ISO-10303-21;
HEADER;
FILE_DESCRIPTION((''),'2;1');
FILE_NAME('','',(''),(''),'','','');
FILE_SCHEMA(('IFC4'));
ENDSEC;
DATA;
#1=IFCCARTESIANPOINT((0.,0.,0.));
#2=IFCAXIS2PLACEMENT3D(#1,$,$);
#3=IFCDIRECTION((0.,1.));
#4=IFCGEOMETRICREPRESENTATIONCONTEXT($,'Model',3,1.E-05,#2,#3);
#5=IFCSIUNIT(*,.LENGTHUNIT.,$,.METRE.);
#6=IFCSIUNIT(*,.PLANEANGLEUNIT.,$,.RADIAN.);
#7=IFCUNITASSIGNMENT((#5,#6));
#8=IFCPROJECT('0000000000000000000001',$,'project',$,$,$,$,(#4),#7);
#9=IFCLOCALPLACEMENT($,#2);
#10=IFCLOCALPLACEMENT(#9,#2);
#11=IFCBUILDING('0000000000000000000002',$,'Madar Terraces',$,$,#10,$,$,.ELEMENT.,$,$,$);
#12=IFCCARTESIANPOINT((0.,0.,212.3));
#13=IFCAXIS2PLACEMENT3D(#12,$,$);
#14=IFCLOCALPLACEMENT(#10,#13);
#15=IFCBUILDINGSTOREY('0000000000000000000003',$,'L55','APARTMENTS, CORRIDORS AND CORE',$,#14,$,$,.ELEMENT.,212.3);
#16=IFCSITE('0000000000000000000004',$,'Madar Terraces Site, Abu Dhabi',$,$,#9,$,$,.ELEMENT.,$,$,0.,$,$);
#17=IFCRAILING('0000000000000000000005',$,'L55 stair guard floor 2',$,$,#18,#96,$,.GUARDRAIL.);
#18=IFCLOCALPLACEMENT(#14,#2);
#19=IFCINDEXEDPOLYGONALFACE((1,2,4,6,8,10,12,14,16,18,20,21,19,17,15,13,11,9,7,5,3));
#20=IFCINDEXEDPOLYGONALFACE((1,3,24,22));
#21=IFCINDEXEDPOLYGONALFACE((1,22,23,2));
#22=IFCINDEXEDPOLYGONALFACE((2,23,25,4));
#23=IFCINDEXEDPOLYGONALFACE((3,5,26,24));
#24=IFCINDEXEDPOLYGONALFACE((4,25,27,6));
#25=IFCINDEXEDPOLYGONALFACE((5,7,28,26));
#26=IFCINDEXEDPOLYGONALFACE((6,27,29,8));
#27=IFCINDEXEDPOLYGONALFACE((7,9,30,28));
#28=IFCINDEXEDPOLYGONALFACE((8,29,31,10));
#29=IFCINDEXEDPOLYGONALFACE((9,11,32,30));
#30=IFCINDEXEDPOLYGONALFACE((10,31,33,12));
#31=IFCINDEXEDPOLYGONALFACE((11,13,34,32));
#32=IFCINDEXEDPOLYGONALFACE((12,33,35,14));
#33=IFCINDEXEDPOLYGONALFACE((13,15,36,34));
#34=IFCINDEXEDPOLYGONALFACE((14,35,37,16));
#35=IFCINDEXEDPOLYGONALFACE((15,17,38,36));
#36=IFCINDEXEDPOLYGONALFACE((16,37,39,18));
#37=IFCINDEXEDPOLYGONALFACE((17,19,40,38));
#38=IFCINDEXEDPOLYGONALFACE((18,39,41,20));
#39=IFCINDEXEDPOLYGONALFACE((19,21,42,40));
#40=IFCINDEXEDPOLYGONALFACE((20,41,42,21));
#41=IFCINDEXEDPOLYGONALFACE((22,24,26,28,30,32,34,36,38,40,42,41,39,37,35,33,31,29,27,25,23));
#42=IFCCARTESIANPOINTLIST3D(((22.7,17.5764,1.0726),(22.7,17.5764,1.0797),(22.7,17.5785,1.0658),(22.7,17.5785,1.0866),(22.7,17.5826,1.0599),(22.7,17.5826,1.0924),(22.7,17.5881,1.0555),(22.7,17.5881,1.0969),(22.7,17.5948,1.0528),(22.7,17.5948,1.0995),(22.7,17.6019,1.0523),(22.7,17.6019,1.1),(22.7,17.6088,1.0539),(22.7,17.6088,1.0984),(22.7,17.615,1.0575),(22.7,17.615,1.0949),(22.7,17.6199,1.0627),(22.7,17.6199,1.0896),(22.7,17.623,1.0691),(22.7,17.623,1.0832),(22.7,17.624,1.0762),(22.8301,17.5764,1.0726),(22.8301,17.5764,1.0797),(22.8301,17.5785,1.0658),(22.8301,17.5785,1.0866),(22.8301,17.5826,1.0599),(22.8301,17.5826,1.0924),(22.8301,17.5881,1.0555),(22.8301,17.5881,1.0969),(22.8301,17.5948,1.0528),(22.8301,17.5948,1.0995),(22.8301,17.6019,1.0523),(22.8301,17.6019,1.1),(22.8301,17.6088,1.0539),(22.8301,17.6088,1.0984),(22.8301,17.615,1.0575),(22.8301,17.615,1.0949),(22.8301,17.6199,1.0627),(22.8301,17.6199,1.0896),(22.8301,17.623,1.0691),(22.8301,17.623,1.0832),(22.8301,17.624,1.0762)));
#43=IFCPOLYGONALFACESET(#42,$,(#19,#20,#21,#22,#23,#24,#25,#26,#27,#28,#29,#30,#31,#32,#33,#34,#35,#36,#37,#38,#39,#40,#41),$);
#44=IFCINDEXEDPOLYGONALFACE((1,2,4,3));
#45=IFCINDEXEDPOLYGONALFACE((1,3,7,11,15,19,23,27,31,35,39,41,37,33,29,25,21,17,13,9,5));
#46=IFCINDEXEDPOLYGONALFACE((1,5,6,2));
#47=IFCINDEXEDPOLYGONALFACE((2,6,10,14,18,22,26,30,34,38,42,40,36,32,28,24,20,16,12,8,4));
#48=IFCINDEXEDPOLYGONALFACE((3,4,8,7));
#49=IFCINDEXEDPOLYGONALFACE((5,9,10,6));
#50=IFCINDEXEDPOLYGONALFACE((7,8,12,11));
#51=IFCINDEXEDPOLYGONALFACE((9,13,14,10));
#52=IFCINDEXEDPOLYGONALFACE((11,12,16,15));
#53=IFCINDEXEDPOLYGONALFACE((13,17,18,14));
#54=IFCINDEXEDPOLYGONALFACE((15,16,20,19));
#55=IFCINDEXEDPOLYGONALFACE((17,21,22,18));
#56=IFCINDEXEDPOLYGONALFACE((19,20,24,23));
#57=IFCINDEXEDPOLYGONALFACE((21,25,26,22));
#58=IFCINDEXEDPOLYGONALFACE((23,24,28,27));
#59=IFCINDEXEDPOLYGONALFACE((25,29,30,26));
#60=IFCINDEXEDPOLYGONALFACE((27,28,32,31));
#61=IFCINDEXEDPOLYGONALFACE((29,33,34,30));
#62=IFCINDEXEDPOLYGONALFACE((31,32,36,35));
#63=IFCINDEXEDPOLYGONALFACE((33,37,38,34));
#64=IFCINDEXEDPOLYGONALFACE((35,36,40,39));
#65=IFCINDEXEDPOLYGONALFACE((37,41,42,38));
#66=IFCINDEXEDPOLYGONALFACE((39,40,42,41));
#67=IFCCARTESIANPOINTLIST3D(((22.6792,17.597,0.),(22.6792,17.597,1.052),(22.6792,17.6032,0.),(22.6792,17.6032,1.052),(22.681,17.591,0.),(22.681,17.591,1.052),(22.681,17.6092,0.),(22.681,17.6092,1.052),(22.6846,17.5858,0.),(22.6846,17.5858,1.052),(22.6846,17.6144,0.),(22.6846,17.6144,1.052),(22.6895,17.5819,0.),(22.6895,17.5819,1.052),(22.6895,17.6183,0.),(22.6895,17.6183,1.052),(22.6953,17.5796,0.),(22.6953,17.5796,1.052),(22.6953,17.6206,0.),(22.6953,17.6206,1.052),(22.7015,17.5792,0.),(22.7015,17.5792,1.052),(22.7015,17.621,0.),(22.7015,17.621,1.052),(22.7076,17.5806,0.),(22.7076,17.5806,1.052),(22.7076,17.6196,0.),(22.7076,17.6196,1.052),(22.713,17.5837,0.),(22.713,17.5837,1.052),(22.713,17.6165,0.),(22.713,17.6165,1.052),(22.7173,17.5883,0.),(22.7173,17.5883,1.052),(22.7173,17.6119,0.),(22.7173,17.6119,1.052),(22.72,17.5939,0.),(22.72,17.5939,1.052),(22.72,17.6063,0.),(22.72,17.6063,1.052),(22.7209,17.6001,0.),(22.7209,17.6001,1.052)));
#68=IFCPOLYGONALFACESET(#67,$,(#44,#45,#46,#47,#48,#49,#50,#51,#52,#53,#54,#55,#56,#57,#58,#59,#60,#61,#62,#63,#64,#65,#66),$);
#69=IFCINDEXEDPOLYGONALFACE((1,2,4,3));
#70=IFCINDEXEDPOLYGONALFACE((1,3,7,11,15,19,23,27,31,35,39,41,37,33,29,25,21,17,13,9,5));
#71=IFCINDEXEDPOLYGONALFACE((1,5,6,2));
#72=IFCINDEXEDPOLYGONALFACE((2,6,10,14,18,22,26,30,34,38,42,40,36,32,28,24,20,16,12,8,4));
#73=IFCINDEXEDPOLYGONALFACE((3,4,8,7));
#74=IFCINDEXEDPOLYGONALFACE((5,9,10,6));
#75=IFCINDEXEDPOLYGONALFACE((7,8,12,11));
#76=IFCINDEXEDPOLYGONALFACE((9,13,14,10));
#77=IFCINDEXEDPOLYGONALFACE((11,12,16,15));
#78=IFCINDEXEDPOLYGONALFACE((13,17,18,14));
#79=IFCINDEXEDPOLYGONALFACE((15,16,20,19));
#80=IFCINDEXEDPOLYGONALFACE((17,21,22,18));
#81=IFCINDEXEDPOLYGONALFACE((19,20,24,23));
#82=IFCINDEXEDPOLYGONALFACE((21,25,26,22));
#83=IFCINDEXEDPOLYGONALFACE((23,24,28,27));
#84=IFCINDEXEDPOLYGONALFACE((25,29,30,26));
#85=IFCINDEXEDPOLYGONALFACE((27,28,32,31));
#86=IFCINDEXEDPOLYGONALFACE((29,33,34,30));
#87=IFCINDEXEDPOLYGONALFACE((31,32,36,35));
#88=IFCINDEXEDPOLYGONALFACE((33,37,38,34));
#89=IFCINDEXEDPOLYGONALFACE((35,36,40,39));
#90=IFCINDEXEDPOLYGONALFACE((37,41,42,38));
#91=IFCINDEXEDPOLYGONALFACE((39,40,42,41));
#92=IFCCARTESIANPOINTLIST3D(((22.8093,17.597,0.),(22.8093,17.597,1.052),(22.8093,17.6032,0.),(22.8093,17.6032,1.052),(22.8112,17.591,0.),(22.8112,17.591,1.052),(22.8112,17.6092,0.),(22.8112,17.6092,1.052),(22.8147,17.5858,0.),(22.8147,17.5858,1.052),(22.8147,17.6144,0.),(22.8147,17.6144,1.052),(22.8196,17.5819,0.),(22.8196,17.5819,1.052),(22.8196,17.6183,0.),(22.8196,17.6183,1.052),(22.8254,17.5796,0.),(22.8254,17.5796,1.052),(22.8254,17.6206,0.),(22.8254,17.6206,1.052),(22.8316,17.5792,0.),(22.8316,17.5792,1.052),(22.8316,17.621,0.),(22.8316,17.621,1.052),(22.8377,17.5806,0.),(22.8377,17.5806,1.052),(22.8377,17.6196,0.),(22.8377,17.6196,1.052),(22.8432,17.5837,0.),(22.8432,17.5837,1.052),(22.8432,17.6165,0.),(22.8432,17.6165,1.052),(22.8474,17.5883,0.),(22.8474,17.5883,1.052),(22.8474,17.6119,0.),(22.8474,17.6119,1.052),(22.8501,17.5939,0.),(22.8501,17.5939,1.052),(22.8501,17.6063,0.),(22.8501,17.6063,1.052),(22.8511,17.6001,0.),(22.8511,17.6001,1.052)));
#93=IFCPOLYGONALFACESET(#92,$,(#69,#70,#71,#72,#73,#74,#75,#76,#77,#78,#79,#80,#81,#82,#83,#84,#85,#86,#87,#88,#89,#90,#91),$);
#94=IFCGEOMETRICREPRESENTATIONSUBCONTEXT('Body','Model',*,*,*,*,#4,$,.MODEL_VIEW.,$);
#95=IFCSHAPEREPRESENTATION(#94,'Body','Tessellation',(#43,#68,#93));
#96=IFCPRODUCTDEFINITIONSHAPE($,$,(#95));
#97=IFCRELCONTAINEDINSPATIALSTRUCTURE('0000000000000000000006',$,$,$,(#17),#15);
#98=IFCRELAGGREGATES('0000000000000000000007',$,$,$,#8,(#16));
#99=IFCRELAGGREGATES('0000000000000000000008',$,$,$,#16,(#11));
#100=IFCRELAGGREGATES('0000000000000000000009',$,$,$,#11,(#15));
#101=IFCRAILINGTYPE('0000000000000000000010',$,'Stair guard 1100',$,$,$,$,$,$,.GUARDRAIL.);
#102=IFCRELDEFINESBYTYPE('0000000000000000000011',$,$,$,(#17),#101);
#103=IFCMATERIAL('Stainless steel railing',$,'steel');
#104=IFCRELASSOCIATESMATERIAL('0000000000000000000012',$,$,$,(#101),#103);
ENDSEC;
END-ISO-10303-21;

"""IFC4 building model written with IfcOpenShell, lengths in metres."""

from ifc_helpers import new_model, si_unit, direction, frame, origin, origin_2d, place, context, subcontext, project, spatial, circle, extrude, material, type_object, element, save


model = new_model("IFC4")

# Units and contexts
model_context = context("Model", 3, precision=1e-05, world=origin(), true_north=direction((0.0, 1.0)))
body_context = subcontext(model_context, "Body", "Model", "MODEL_VIEW")
ifc_project = project(units=[si_unit("LENGTHUNIT", "METRE"), si_unit("PLANEANGLEUNIT", "RADIAN")], contexts=[model_context])

# Site, building, storey
site_placement = place(None, origin())
site = spatial("IfcSite", under=ifc_project, at=site_placement, Name="Madar Terraces Site, Abu Dhabi", CompositionType="ELEMENT", RefElevation=0.0)
building_placement = place(site_placement, origin())
building = spatial("IfcBuilding", under=site, at=building_placement, Name="Madar Terraces", CompositionType="ELEMENT")
storey_placement = place(building_placement, frame((0.0, 0.0, 212.3)))
storey = spatial("IfcBuildingStorey", under=building, at=storey_placement, Name="L55", Description="APARTMENTS, CORRIDORS AND CORE", CompositionType="ELEMENT", Elevation=212.3)

# Railing
ifc_material_1 = material(Name="Stainless steel railing", Category="steel")
railing_type_1 = type_object("IfcRailingType", Name="Stair guard 1100", PredefinedType="GUARDRAIL", material=ifc_material_1)
for number, where, name in (
    (1, (22.7, 17.6001, 0.0), "L55 stair guard floor 2"),
):
    element("IfcRailing", number, at=place(storey_placement, frame(where)), inside=storey, type_object=railing_type_1, Name=name, PredefinedType="GUARDRAIL", context=body_context, shape_type="SweptSolid", body=[
        extrude(circle(Radius=0.0239, at=origin_2d()), frame((0.0, 0.0, 1.0762), z_axis=(1.0, 0.0, 0.0), x_axis=(0.0, 1.0, 0.0)), (0.0, 0.0, 1.0), 0.1301),
        extrude(circle(Radius=0.021, at=origin_2d()), origin(), (0.0, 0.0, 1.0), 1.052),
        extrude(circle(Radius=0.021, at=origin_2d()), frame((0.1301, 0.0, 0.0)), (0.0, 0.0, 1.0), 1.052),
    ])

save(model, "model.ifc")
